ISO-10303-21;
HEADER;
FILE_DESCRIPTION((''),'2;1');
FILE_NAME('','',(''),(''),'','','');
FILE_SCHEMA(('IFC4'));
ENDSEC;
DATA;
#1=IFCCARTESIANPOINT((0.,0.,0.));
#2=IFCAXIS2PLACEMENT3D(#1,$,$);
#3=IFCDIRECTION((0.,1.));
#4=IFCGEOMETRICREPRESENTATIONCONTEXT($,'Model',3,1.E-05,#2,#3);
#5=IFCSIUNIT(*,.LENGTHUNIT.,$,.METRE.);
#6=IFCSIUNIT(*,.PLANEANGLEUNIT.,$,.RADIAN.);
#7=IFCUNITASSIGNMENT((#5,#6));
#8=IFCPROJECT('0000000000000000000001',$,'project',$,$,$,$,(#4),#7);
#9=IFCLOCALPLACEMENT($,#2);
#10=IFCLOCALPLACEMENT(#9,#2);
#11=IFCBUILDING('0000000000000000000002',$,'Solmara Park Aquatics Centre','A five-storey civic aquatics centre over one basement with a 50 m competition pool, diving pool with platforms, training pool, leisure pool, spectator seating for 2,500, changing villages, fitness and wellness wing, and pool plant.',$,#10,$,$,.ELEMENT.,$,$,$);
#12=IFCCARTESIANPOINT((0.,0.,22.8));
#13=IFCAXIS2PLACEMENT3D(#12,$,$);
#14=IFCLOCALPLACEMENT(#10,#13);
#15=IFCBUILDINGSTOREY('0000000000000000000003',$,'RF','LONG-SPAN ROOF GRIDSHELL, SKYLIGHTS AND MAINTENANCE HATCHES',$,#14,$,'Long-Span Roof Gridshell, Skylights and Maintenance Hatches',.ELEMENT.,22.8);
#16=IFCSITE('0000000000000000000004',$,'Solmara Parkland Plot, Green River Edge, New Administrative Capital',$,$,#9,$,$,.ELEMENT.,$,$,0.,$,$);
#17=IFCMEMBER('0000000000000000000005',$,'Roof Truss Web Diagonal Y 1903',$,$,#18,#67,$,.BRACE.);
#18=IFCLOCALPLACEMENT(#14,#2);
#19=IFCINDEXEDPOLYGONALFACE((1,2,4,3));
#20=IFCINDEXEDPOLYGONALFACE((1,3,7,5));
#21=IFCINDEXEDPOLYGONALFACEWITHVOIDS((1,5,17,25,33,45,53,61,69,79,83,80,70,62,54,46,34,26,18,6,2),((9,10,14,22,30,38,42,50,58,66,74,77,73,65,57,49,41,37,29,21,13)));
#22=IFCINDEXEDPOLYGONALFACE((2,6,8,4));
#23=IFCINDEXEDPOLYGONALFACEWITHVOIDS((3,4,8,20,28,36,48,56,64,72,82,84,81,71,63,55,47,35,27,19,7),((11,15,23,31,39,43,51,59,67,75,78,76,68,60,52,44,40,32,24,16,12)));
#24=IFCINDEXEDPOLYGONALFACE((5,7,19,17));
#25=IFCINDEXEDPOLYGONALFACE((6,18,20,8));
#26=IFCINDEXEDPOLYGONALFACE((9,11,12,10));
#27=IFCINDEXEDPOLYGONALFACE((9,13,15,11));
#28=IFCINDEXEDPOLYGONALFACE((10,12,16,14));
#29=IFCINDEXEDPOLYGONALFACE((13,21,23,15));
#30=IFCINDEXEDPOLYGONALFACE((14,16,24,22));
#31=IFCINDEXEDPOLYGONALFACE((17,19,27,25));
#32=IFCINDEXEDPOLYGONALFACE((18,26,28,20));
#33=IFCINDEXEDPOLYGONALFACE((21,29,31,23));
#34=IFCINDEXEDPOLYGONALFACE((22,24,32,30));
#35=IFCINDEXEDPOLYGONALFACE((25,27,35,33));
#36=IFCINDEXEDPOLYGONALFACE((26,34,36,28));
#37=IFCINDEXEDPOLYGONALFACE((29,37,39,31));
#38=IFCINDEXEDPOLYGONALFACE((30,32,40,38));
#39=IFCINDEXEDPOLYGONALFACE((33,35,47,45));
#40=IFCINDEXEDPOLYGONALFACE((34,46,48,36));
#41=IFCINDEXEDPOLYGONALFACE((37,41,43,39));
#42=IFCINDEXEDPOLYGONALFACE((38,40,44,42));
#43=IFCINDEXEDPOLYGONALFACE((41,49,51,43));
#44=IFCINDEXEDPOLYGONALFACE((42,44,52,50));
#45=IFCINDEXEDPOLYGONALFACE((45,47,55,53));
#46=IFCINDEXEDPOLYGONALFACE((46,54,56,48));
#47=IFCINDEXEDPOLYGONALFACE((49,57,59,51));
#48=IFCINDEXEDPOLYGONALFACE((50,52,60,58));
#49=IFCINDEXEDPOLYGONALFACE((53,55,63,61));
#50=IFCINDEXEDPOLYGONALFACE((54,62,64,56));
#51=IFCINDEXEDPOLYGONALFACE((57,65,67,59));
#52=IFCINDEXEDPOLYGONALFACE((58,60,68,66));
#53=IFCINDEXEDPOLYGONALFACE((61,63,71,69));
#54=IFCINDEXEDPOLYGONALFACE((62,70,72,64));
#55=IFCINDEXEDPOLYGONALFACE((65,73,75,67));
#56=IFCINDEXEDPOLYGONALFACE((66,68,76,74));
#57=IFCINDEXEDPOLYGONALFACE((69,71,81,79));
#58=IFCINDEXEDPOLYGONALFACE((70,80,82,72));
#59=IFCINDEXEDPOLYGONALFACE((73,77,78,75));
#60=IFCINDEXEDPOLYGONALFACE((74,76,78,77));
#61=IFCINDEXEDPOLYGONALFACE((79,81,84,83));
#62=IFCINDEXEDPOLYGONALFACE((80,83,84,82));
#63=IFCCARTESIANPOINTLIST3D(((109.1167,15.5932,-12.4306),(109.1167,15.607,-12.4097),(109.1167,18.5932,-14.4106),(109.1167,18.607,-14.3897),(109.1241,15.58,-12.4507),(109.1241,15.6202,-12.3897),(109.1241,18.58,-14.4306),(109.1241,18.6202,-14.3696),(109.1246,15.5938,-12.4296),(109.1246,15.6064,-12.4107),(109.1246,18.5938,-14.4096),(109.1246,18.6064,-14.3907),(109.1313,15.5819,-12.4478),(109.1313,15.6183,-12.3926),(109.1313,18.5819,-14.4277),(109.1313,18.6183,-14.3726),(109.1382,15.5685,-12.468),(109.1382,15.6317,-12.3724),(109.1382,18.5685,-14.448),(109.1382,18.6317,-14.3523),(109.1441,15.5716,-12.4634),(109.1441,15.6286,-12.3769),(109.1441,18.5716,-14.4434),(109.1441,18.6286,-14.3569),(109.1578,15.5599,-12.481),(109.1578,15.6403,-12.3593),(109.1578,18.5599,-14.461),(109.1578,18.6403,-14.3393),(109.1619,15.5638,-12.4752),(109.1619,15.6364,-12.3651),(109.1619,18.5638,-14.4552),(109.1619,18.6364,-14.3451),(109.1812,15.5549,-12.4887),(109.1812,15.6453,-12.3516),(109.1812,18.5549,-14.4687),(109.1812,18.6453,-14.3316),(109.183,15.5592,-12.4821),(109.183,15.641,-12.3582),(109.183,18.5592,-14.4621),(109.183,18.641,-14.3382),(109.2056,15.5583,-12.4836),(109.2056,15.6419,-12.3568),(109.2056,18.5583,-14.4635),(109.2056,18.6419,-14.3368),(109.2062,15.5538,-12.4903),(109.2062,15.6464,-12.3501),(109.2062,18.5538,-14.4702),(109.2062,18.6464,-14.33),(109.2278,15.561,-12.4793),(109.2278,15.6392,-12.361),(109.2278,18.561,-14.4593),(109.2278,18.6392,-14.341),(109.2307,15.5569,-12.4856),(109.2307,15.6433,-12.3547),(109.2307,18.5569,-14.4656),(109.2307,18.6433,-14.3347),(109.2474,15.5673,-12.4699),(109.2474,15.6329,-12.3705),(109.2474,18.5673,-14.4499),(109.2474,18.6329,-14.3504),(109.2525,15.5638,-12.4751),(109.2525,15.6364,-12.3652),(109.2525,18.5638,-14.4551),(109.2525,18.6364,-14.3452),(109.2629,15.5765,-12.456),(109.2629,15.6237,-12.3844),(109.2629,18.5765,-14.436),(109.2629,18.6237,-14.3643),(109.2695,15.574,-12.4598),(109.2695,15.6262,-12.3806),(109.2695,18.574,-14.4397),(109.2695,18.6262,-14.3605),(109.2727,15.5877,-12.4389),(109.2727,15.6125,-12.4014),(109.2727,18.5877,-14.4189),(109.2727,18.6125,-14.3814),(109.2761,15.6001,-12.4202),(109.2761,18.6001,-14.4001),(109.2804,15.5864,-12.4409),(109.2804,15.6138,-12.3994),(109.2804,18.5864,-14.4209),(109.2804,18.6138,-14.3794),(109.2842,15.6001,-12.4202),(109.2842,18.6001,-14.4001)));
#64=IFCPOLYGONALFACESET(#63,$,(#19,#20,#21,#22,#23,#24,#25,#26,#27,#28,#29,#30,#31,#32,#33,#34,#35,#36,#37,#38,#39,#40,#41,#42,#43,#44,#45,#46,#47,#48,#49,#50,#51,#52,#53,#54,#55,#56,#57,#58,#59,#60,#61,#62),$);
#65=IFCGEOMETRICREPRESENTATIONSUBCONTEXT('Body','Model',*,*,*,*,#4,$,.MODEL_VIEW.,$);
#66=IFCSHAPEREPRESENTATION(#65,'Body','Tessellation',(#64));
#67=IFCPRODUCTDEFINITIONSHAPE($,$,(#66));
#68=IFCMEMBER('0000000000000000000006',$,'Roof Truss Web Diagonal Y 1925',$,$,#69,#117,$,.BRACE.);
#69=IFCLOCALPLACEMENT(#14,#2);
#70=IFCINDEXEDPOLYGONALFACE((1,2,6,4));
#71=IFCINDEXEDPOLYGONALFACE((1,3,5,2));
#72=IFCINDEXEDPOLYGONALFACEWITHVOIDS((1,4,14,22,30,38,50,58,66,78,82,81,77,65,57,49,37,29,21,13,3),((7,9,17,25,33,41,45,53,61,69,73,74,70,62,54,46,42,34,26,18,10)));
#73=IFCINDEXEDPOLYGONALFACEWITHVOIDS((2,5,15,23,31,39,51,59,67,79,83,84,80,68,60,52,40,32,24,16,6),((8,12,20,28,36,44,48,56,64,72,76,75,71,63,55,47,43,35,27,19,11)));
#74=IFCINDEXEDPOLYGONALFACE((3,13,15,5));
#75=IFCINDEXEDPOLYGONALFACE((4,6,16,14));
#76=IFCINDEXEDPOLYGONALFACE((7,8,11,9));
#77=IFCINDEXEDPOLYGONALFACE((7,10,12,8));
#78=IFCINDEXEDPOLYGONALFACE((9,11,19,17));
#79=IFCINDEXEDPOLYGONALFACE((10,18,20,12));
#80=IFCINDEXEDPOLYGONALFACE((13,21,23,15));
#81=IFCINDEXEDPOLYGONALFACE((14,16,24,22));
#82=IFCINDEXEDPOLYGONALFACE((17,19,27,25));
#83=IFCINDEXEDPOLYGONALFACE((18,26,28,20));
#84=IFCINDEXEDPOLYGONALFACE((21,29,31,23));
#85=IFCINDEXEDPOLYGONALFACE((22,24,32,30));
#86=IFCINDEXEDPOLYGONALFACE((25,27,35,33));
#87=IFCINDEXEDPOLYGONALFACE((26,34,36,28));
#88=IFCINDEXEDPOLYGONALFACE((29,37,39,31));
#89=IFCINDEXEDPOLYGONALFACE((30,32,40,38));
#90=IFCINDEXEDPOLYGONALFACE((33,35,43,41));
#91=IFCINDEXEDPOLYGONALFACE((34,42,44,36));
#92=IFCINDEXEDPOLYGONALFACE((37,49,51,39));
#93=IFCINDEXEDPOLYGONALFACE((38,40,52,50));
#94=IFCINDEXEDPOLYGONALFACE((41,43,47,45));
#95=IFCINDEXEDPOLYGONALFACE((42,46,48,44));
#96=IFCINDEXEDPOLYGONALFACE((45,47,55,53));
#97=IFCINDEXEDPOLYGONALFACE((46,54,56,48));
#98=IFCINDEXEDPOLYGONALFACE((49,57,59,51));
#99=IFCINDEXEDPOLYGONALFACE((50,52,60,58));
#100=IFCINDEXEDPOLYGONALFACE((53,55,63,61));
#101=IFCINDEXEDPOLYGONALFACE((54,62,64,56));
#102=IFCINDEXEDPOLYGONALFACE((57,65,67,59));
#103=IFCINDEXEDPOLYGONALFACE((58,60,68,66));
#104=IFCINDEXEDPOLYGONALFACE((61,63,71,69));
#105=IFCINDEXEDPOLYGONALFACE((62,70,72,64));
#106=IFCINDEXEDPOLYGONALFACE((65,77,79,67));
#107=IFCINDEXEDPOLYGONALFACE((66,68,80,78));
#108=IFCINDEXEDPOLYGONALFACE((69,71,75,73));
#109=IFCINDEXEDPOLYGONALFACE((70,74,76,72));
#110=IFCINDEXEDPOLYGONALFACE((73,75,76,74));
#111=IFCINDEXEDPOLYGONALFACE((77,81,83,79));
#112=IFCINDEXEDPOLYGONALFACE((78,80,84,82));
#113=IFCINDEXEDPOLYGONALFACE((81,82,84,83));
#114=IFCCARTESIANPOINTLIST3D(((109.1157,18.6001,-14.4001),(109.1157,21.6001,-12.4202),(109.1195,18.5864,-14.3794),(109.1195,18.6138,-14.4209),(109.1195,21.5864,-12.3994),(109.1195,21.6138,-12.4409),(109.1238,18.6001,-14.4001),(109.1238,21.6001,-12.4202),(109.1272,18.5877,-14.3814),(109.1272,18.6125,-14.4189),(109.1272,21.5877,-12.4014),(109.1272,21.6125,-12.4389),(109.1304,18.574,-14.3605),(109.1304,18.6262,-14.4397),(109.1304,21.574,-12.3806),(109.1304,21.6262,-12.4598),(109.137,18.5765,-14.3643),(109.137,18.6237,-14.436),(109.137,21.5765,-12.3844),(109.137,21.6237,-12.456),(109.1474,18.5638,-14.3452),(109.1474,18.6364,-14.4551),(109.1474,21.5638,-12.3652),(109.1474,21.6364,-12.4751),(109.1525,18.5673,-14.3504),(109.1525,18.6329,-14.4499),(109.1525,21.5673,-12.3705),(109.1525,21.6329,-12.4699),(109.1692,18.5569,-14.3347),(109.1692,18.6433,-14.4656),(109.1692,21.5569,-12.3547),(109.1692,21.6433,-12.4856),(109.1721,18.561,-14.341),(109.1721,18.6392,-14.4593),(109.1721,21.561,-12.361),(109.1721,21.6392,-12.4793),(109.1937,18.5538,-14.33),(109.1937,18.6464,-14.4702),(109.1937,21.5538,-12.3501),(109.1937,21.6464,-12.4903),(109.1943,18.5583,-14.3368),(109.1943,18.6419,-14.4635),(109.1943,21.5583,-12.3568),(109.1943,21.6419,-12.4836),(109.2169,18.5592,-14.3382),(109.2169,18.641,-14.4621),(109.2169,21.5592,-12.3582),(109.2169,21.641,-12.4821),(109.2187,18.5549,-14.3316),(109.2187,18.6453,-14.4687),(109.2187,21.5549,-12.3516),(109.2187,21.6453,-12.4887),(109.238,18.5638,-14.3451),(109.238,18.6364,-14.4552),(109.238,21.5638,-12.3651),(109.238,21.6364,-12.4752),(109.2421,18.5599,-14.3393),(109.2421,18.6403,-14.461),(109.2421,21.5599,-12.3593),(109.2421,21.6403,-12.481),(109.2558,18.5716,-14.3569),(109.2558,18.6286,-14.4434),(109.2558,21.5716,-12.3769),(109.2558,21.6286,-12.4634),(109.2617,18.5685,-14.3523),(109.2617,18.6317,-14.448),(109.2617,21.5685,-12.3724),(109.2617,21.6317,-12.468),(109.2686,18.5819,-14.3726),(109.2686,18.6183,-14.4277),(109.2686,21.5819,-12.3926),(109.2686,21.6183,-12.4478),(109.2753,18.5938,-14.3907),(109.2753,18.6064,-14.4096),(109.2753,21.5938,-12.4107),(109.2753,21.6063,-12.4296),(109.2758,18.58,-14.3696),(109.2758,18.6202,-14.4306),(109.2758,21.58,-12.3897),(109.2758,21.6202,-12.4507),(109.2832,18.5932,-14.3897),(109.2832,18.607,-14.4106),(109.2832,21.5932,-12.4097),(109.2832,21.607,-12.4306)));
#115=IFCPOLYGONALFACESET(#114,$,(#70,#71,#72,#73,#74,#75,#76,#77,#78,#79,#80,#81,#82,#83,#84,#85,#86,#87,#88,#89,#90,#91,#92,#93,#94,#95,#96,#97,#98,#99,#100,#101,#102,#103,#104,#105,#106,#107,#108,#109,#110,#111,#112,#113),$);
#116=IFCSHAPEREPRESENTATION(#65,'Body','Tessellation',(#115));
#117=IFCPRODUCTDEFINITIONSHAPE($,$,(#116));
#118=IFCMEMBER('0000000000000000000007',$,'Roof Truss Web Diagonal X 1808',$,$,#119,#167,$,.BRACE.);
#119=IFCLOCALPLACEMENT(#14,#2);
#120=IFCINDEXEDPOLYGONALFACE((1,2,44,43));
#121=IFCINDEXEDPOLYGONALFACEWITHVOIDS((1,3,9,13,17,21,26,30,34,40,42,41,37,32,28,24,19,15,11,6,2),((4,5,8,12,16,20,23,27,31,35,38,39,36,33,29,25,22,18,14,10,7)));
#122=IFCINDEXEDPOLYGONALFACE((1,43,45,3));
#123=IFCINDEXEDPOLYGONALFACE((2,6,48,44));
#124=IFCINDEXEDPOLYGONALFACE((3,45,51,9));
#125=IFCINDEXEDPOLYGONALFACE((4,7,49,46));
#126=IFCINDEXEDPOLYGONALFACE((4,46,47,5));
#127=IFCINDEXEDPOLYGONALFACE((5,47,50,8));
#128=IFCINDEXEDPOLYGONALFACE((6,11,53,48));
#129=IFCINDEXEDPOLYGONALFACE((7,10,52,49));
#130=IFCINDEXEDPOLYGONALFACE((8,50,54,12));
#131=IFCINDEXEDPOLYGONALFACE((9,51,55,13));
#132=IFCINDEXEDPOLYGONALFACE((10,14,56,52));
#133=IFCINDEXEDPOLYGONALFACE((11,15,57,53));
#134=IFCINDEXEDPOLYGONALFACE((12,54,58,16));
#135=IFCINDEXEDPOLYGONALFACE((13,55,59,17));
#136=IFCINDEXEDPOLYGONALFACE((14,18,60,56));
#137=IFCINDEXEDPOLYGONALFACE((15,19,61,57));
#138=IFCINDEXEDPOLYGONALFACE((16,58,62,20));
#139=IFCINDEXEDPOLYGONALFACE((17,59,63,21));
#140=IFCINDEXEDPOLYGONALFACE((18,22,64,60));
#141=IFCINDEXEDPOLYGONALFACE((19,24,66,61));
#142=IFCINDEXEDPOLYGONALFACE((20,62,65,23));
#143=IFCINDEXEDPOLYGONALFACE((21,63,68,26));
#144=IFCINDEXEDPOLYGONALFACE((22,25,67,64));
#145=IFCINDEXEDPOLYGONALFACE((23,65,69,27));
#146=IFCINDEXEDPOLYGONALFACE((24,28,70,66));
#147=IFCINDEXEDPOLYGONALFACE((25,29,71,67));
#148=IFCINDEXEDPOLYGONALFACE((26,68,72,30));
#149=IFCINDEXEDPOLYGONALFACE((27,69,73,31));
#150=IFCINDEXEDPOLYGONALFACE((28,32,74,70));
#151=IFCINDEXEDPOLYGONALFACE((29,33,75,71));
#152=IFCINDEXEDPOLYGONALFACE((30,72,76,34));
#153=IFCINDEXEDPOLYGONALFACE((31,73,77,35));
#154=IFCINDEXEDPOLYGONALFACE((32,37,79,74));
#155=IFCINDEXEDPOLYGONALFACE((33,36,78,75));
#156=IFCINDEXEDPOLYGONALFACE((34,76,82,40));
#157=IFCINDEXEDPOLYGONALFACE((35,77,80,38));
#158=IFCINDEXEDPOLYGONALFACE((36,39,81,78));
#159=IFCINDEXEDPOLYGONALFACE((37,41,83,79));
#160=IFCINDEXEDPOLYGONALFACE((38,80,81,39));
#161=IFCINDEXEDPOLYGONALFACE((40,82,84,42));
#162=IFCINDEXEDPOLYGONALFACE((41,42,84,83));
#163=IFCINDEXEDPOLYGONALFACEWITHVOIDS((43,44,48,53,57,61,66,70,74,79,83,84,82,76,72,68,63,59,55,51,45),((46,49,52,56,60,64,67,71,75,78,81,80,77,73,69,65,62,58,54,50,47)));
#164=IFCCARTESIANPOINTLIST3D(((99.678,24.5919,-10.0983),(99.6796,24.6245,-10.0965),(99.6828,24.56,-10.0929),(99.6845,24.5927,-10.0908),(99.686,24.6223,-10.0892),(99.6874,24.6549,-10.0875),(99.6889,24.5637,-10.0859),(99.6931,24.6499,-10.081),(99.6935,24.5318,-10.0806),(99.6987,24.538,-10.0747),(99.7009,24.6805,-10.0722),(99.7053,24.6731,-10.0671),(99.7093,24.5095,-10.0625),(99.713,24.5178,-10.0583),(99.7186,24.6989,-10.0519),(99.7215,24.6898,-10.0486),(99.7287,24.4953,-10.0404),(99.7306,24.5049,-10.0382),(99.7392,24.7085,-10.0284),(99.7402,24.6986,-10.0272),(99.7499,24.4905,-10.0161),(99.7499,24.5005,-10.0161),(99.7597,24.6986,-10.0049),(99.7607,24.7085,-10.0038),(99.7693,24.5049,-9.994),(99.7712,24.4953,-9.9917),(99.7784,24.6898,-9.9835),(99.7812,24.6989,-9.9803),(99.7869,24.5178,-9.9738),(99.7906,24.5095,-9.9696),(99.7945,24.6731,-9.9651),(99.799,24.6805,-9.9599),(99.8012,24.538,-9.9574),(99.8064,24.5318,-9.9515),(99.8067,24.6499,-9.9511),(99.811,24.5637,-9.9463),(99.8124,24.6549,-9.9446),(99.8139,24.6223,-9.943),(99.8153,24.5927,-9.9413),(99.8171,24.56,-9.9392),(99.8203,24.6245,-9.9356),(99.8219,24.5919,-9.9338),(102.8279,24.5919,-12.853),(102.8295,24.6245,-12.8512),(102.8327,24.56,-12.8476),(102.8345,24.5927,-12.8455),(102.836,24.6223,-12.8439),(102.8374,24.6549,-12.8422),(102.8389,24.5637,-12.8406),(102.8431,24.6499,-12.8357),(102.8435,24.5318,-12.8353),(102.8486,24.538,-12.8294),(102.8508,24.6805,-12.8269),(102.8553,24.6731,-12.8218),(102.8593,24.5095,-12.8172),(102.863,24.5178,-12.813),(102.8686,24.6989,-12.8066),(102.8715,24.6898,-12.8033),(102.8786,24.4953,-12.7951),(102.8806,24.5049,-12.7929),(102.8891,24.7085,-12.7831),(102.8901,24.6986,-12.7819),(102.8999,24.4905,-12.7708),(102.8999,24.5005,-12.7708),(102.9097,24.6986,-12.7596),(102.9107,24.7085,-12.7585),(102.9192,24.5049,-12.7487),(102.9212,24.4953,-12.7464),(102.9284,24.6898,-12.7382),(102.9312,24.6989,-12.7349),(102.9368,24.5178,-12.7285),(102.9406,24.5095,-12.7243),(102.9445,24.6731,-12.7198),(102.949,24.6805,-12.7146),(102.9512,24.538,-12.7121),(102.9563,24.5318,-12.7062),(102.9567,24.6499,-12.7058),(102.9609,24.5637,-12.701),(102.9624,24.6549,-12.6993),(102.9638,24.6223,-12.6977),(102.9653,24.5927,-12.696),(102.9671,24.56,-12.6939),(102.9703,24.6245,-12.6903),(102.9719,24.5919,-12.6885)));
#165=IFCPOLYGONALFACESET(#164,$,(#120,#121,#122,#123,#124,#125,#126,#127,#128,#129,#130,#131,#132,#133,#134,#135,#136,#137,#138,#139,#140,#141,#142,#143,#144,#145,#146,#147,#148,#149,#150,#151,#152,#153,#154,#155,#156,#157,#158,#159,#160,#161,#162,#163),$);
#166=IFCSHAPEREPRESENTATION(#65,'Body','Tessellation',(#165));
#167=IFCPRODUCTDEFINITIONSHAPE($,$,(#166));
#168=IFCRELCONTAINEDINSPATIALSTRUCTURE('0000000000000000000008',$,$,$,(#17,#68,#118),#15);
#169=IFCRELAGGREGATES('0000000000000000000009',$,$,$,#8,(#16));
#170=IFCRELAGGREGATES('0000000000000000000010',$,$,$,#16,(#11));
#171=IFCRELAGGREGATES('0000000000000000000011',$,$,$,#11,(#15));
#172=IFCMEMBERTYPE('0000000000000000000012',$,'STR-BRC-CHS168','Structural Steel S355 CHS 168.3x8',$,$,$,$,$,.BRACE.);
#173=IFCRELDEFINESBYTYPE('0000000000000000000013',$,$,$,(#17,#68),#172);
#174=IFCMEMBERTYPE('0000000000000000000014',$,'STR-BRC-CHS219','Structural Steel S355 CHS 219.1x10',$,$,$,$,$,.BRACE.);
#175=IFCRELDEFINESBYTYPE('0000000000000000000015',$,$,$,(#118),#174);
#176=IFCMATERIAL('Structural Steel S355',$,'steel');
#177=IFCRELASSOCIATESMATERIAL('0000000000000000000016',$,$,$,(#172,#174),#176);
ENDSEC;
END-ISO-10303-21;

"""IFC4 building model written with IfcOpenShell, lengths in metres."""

from ifc_helpers import new_model, si_unit, direction, frame, origin, origin_2d, place, context, subcontext, project, spatial, hollow_circle, extrude, material, material_profile, profile_set, type_object, element, save


model = new_model("IFC4")

# Units and contexts
model_context = context("Model", 3, precision=1e-05, world=origin(), true_north=direction((0.0, 1.0)))
body_context = subcontext(model_context, "Body", "Model", "MODEL_VIEW")
ifc_project = project(units=[si_unit("LENGTHUNIT", "METRE"), si_unit("PLANEANGLEUNIT", "RADIAN")], contexts=[model_context])

# Site, building, storey
site_placement = place(None, origin())
site = spatial("IfcSite", under=ifc_project, at=site_placement, Name="Solmara Parkland Plot, Green River Edge, New Administrative Capital", CompositionType="ELEMENT", RefElevation=0.0)
building_placement = place(site_placement, origin())
building = spatial("IfcBuilding", under=site, at=building_placement, Name="Solmara Park Aquatics Centre", Description="A five-storey civic aquatics centre over one basement with a 50 m competition pool, diving pool with platforms, training pool, leisure pool, spectator seating for 2,500, changing villages, fitness and wellness wing, and pool plant.", CompositionType="ELEMENT")
storey_placement = place(building_placement, frame((0.0, 0.0, 22.8)))
storey = spatial("IfcBuildingStorey", under=building, at=storey_placement, Name="RF", Description="LONG-SPAN ROOF GRIDSHELL, SKYLIGHTS AND MAINTENANCE HATCHES", LongName="Long-Span Roof Gridshell, Skylights and Maintenance Hatches", CompositionType="ELEMENT", Elevation=22.8)

# Members
ifc_material_1 = material(Name="Structural Steel S355", Category="steel")
ifc_material_profile_1 = material_profile(ifc_material_1, hollow_circle(Radius=0.0842, WallThickness=0.0081, at=origin_2d()), Name="CHS 168.3x8")
ifc_profile_set_1 = profile_set([ifc_material_profile_1], Name="Structural Steel S355")
member_type_1 = type_object("IfcMemberType", Name="STR-BRC-CHS168", Description="Structural Steel S355 CHS 168.3x8", PredefinedType="BRACE", material=ifc_profile_set_1)
for number, where, z_axis, x_axis, name in (
    (1, (109.2, 18.6001, -14.4001), (0.0, -0.834612, 0.550838), (1.0, 0.0, 0.0), "Roof Truss Web Diagonal Y 1903"),
    (2, (109.2, 18.6001, -14.4001), (0.0, 0.834612, 0.550838), (-1.0, 0.0, 0.0), "Roof Truss Web Diagonal Y 1925"),
):
    element("IfcMember", number, at=place(storey_placement, frame(where, z_axis=z_axis, x_axis=x_axis)), inside=storey, type_object=member_type_1, Name=name, PredefinedType="BRACE", context=body_context, shape_type="SweptSolid", body=[
        extrude(hollow_circle(Radius=0.0842, WallThickness=0.0081, at=origin_2d()), origin(), (0.0, 0.0, 1.0), 3.5945),
    ])
ifc_material_profile_2 = material_profile(ifc_material_1, hollow_circle(Radius=0.1096, WallThickness=0.01, at=origin_2d()), Name="CHS 219.1x10")
ifc_profile_set_2 = profile_set([ifc_material_profile_2], Name="Structural Steel S355")
member_type_2 = type_object("IfcMemberType", Name="STR-BRC-CHS219", Description="Structural Steel S355 CHS 219.1x10", PredefinedType="BRACE", material=ifc_profile_set_2)
member_1_placement = place(storey_placement, frame((102.8999, 24.6001, -12.7708), z_axis=(-0.752757, 0.0, 0.658298), x_axis=(0.0, -1.0, 0.0)))
element("IfcMember", 3, at=member_1_placement, inside=storey, type_object=member_type_2, Name="Roof Truss Web Diagonal X 1808", PredefinedType="BRACE", context=body_context, shape_type="SweptSolid", body=[
    extrude(hollow_circle(Radius=0.1096, WallThickness=0.01, at=origin_2d()), origin(), (0.0, 0.0, 1.0), 4.1846),
])

save(model, "model.ifc")
